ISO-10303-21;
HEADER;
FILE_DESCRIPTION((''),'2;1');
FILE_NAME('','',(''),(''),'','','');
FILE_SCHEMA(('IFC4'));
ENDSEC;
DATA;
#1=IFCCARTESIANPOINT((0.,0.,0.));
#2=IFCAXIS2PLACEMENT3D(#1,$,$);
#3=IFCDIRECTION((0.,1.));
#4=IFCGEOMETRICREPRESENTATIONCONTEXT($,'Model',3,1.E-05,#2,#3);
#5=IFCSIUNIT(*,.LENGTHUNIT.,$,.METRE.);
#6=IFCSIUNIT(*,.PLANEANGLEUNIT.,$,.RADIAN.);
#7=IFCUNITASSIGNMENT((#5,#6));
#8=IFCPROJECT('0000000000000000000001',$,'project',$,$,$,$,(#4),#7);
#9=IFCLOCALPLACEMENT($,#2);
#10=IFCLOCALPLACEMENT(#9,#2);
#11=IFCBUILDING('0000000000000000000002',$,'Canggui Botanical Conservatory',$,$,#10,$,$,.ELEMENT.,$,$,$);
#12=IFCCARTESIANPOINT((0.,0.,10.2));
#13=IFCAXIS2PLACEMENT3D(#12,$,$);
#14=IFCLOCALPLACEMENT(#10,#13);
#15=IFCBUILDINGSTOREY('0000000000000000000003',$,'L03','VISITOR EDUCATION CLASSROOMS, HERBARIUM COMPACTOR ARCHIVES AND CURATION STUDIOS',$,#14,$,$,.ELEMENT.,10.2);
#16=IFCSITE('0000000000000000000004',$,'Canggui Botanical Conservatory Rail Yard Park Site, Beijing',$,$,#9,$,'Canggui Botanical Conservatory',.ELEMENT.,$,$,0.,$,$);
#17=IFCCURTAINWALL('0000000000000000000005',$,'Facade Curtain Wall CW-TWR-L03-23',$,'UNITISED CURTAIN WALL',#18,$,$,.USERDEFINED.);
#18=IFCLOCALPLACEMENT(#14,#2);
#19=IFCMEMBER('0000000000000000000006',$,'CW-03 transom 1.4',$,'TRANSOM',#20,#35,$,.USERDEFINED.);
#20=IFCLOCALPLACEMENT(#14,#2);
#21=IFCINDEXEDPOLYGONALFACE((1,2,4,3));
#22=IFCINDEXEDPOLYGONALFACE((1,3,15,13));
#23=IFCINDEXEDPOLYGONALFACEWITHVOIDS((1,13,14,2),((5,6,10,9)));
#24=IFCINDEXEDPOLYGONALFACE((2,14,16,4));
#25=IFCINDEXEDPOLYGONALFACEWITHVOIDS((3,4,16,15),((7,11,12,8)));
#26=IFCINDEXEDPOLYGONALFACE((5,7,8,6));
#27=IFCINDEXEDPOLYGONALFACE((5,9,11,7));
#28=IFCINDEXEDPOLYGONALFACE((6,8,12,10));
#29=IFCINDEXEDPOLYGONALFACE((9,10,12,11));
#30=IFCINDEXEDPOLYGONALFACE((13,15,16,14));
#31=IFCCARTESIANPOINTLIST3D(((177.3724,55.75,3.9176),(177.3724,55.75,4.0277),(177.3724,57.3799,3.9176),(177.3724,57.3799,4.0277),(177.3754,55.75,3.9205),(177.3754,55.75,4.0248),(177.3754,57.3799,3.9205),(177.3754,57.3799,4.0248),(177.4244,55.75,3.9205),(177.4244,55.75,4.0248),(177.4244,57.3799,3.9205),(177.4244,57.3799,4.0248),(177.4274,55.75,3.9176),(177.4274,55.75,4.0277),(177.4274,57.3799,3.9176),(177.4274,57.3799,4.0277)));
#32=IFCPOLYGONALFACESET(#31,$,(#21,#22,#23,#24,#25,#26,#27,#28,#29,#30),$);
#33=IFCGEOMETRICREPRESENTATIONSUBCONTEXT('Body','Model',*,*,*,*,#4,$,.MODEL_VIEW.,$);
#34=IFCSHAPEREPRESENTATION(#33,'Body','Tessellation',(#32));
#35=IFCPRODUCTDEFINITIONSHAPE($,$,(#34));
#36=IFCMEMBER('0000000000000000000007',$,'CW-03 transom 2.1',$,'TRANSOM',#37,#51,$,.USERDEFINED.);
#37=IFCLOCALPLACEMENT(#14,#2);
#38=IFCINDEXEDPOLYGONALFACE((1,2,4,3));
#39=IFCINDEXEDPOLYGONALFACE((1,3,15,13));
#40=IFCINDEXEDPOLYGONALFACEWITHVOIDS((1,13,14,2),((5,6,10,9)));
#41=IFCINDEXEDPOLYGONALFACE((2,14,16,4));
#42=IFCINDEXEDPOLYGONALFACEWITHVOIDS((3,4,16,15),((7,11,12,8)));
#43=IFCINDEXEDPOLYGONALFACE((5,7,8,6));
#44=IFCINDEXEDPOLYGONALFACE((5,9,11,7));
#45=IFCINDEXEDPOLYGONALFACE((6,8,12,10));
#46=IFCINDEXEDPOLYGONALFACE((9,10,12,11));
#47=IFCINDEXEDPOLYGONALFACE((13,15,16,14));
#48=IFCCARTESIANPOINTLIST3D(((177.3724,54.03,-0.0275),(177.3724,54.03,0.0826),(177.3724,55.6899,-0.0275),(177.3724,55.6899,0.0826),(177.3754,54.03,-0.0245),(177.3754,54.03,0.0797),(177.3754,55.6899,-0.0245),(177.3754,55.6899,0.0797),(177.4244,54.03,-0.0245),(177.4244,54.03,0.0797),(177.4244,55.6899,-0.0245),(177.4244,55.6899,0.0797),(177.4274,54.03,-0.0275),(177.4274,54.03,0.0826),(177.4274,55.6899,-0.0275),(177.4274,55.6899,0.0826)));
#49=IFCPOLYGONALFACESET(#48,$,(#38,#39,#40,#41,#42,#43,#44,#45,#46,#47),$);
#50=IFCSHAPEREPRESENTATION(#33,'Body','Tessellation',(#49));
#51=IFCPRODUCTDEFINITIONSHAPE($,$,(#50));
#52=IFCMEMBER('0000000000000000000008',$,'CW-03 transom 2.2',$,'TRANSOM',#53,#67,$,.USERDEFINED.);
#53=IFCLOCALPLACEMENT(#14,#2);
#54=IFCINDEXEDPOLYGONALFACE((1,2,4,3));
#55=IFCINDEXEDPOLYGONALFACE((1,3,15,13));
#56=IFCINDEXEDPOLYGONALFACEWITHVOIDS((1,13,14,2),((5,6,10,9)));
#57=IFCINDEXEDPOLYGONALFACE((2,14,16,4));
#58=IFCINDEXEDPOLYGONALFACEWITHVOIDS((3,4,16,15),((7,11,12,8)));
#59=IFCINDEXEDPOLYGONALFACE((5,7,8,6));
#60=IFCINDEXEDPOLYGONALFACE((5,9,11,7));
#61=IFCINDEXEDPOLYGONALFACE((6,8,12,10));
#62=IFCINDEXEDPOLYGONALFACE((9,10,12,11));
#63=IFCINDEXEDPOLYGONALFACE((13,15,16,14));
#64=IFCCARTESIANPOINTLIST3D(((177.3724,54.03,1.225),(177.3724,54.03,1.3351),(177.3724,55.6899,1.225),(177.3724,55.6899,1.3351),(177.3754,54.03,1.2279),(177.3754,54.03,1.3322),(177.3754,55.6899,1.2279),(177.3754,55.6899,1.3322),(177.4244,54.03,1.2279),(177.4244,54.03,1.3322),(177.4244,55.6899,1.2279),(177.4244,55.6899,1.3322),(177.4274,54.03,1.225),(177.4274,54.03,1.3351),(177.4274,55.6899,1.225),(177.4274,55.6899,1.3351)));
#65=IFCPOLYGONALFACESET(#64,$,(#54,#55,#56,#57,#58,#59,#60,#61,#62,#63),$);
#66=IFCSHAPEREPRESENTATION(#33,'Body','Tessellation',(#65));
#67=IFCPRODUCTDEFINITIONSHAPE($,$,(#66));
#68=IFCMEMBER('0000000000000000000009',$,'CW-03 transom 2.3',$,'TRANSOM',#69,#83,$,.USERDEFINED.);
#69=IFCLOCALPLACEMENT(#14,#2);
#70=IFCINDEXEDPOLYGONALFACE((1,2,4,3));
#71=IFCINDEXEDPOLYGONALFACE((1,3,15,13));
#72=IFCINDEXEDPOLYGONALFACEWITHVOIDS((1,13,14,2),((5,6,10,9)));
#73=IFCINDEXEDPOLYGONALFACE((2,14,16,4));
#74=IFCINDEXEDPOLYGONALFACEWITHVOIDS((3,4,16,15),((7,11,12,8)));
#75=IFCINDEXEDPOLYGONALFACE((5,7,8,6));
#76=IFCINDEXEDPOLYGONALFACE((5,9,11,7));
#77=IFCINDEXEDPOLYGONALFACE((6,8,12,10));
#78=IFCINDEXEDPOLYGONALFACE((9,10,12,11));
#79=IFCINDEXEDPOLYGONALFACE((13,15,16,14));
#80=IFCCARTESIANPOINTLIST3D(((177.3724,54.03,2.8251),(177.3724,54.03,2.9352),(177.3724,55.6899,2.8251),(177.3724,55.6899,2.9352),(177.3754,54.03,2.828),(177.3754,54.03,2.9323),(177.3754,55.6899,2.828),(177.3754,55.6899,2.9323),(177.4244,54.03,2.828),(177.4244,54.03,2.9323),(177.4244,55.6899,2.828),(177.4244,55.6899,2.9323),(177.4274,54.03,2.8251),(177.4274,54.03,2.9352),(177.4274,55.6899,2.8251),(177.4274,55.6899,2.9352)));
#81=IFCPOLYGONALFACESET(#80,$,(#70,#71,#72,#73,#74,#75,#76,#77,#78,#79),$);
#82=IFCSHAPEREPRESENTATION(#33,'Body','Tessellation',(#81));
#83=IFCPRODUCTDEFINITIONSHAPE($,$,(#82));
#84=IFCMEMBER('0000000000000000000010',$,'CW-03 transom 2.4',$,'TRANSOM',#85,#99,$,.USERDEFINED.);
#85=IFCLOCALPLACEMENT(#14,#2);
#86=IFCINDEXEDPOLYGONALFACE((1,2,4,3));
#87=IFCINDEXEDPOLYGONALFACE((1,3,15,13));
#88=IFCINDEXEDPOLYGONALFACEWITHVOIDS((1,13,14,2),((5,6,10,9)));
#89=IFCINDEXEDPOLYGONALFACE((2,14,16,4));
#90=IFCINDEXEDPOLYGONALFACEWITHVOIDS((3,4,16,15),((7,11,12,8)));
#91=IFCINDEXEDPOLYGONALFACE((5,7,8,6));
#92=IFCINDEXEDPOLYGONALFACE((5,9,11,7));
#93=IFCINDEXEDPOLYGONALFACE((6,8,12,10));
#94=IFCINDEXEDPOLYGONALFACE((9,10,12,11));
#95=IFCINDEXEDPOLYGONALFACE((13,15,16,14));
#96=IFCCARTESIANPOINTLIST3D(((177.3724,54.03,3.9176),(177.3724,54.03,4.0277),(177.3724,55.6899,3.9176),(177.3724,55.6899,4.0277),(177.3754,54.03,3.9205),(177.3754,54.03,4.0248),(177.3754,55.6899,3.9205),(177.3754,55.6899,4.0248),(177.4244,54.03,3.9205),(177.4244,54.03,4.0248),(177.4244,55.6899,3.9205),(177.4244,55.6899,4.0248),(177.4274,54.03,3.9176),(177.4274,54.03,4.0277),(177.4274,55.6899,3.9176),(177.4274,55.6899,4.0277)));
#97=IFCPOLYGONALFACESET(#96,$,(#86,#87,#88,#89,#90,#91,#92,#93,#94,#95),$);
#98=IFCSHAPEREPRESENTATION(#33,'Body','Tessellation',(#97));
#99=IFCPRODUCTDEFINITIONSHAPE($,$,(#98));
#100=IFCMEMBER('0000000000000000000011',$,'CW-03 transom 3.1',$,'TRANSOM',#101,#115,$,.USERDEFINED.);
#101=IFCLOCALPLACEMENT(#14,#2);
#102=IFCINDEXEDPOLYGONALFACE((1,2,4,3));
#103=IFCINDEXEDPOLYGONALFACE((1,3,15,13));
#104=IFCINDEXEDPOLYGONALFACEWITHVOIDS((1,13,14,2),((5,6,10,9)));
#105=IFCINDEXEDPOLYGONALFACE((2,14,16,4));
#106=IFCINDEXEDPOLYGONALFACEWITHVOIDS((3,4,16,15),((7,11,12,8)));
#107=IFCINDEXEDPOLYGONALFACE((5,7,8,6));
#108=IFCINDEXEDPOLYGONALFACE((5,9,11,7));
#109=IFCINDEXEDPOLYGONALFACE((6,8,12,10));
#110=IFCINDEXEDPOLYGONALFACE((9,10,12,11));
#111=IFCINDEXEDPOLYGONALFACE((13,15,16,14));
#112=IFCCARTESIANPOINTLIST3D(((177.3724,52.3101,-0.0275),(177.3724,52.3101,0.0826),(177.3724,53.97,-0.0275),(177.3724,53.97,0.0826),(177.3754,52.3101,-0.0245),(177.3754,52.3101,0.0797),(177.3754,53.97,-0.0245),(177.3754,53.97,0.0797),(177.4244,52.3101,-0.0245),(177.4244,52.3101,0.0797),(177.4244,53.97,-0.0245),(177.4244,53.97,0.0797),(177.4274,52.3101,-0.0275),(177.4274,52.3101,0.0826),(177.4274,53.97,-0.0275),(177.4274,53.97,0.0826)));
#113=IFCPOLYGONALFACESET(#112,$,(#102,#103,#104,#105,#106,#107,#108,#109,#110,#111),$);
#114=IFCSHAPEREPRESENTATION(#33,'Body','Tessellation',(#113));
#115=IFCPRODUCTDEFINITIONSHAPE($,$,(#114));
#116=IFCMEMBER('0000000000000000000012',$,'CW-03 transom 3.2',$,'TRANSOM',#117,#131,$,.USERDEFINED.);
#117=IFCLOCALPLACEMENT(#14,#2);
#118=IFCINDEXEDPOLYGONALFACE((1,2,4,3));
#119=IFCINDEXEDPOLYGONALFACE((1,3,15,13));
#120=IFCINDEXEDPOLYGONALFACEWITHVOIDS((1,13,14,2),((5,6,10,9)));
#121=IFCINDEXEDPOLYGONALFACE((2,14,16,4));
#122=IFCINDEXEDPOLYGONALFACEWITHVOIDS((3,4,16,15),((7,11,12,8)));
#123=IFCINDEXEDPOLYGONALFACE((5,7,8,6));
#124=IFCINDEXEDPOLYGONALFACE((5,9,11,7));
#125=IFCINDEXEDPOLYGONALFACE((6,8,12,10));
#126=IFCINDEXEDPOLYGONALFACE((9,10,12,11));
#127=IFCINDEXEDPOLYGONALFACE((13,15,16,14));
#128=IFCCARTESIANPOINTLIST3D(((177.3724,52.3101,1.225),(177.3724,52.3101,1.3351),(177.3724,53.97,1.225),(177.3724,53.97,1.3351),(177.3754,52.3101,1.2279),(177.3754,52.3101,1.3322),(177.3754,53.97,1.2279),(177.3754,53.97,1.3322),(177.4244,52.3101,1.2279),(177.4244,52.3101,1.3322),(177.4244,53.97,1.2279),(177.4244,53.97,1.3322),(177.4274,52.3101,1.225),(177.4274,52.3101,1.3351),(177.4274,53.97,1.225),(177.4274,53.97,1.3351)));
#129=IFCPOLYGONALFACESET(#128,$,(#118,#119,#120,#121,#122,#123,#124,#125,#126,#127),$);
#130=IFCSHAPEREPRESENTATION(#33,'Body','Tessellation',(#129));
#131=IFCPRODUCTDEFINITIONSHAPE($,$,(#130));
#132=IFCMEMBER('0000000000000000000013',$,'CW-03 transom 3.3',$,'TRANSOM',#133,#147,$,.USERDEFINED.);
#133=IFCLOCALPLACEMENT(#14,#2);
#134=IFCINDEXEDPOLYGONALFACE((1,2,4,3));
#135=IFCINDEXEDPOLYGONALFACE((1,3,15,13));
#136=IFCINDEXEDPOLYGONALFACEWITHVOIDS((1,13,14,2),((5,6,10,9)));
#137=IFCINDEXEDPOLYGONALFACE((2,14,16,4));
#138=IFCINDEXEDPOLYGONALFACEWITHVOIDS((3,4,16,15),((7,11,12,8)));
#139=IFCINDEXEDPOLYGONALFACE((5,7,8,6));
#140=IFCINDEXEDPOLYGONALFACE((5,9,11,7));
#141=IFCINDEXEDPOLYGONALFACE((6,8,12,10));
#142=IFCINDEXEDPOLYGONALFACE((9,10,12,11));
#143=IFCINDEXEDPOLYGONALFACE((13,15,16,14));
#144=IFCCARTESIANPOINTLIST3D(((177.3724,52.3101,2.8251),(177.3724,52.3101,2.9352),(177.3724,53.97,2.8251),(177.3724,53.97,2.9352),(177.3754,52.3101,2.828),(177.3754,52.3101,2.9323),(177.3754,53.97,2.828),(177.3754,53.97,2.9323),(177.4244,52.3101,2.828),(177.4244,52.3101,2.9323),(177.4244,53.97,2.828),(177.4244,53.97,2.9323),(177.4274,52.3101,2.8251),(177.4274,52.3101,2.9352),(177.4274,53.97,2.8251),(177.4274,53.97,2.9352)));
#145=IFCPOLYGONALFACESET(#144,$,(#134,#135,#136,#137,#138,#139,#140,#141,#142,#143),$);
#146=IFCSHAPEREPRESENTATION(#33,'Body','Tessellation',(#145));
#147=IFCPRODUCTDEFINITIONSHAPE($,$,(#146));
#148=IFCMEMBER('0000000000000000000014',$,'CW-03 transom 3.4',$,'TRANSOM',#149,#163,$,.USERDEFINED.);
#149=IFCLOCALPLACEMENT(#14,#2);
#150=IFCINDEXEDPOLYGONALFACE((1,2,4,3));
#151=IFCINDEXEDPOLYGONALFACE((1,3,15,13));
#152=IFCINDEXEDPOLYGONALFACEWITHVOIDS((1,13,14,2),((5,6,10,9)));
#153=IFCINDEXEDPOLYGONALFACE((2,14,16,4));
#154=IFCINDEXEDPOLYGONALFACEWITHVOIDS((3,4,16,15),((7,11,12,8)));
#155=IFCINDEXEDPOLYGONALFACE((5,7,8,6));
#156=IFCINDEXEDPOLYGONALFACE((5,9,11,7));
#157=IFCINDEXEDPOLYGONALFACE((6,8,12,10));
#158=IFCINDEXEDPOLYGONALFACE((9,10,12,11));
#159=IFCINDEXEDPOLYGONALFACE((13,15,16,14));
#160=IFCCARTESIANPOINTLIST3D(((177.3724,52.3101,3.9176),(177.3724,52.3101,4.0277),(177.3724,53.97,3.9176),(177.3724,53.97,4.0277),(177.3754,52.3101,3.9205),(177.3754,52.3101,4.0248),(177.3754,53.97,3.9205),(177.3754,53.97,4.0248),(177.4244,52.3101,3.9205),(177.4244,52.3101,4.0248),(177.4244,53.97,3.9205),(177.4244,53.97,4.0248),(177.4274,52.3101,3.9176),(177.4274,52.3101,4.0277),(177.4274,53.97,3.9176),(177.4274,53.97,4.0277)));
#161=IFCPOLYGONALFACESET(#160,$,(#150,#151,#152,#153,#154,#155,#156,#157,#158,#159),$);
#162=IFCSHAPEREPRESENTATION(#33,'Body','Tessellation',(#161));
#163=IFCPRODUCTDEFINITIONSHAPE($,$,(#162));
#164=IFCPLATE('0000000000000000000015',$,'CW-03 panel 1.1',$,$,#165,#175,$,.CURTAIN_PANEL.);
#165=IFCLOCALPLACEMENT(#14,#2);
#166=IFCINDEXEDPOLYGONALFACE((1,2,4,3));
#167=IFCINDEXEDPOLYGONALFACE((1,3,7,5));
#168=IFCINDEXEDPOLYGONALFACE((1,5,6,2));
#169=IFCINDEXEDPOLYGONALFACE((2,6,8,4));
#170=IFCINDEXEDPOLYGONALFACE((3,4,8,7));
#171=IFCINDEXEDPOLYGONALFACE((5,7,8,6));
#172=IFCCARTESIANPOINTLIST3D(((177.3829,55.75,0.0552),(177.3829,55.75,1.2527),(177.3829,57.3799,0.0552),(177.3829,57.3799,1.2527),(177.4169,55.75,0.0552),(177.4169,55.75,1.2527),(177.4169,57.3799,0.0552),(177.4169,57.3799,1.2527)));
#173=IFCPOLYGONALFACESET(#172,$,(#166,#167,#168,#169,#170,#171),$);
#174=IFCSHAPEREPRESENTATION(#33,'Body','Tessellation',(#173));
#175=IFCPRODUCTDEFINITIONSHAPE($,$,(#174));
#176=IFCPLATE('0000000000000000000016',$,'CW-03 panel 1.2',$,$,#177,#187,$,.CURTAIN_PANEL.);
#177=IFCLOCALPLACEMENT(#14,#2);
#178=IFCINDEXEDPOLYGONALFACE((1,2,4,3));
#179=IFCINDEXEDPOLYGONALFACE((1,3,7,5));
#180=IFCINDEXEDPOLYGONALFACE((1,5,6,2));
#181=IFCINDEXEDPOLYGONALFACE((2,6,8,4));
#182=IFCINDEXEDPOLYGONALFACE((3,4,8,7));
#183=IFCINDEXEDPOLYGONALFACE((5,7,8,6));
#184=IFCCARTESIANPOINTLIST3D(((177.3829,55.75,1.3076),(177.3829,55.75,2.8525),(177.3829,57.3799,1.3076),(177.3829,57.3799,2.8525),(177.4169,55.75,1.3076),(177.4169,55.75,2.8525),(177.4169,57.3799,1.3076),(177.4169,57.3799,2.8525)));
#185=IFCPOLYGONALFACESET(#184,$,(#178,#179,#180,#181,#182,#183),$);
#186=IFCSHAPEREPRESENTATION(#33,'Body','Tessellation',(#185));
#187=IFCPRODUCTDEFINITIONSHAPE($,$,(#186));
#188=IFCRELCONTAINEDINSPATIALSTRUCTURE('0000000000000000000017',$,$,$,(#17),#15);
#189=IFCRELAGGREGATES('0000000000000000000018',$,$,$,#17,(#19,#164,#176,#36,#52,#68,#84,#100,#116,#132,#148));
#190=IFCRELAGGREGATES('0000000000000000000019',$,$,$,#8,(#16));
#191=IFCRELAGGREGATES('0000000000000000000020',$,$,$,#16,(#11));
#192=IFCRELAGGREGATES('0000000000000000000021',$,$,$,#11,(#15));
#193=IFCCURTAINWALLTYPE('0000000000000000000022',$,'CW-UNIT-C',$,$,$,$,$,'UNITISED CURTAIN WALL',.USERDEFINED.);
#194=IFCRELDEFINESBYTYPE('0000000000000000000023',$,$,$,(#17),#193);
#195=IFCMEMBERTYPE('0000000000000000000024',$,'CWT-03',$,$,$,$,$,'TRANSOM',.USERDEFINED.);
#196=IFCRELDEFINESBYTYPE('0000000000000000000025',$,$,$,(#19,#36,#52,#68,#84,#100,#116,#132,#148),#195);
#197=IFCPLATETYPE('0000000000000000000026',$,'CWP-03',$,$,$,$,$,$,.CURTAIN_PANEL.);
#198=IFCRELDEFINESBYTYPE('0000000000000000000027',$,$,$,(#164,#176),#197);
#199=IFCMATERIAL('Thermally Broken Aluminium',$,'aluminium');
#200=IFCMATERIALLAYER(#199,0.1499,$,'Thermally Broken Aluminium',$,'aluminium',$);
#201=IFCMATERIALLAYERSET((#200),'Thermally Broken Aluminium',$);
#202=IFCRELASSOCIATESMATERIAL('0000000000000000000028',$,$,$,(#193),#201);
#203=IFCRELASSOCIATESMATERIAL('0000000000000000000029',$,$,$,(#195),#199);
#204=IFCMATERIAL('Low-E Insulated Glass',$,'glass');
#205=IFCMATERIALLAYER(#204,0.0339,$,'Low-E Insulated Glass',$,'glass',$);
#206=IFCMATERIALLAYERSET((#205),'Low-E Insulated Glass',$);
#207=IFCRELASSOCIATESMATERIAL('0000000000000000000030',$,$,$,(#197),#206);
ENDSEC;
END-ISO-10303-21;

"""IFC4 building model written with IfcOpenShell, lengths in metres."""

from ifc_helpers import new_model, si_unit, direction, frame, origin, origin_2d, place, context, subcontext, project, spatial, rectangle, hollow_rectangle, extrude, material, layer, layer_set, material_profile, profile_set, type_object, element, aggregate, save


model = new_model("IFC4")

# Units and contexts
model_context = context("Model", 3, precision=1e-05, world=origin(), true_north=direction((0.0, 1.0)))
body_context = subcontext(model_context, "Body", "Model", "MODEL_VIEW")
ifc_project = project(units=[si_unit("LENGTHUNIT", "METRE"), si_unit("PLANEANGLEUNIT", "RADIAN")], contexts=[model_context])

# Site, building, storey
site_placement = place(None, origin())
site = spatial("IfcSite", under=ifc_project, at=site_placement, Name="Canggui Botanical Conservatory Rail Yard Park Site, Beijing", LongName="Canggui Botanical Conservatory", CompositionType="ELEMENT", RefElevation=0.0)
building_placement = place(site_placement, origin())
building = spatial("IfcBuilding", under=site, at=building_placement, Name="Canggui Botanical Conservatory", CompositionType="ELEMENT")
storey_placement = place(building_placement, frame((0.0, 0.0, 10.2)))
storey = spatial("IfcBuildingStorey", under=building, at=storey_placement, Name="L03", Description="VISITOR EDUCATION CLASSROOMS, HERBARIUM COMPACTOR ARCHIVES AND CURATION STUDIOS", CompositionType="ELEMENT", Elevation=10.2)

# Curtain wall, members, plates
ifc_material_1 = material(Name="Thermally Broken Aluminium", Category="aluminium")
ifc_layer_1 = layer(ifc_material_1, 0.1499, Name="Thermally Broken Aluminium", Category="aluminium")
ifc_layer_set_1 = layer_set([ifc_layer_1], Name="Thermally Broken Aluminium")
curtain_wall_type = type_object("IfcCurtainWallType", Name="CW-UNIT-C", ElementType="UNITISED CURTAIN WALL", PredefinedType="USERDEFINED", material=ifc_layer_set_1)
curtain_wall_placement = place(storey_placement, origin())
curtain_wall = element("IfcCurtainWall", 1, at=curtain_wall_placement, inside=storey, type_object=curtain_wall_type, Name="Facade Curtain Wall CW-TWR-L03-23", ObjectType="UNITISED CURTAIN WALL", PredefinedType="USERDEFINED")
ifc_material_profile_1 = material_profile(ifc_material_1, hollow_rectangle(XDim=0.0549, YDim=0.1101, WallThickness=0.0029, at=origin_2d()), Name="CWT 55x110x3")
ifc_profile_set_1 = profile_set([ifc_material_profile_1], Name="Thermally Broken Aluminium")
member_type_1 = type_object("IfcMemberType", Name="CWT-03", ElementType="TRANSOM", PredefinedType="USERDEFINED", material=ifc_profile_set_1)
member_1_placement = place(storey_placement, frame((177.3999, 57.3799, 3.9727), z_axis=(0.0, -1.0, 0.0), x_axis=(1.0, 0.0, 0.0)))
member_1 = element("IfcMember", 2, at=member_1_placement, type_object=member_type_1, Name="CW-03 transom 1.4", ObjectType="TRANSOM", PredefinedType="USERDEFINED", context=body_context, shape_type="SweptSolid", body=[
    extrude(hollow_rectangle(XDim=0.0549, YDim=0.1101, WallThickness=0.0029, at=origin_2d()), origin(), (0.0, 0.0, 1.0), 1.6299),
])
member_2_placement = place(storey_placement, frame((177.3999, 55.6899, 0.0276), z_axis=(0.0, -1.0, 0.0), x_axis=(1.0, 0.0, 0.0)))
member_2 = element("IfcMember", 3, at=member_2_placement, type_object=member_type_1, Name="CW-03 transom 2.1", ObjectType="TRANSOM", PredefinedType="USERDEFINED", context=body_context, shape_type="SweptSolid", body=[
    extrude(hollow_rectangle(XDim=0.0549, YDim=0.1101, WallThickness=0.0029, at=origin_2d()), origin(), (0.0, 0.0, 1.0), 1.6599),
])
member_3_placement = place(storey_placement, frame((177.3999, 55.6899, 1.28), z_axis=(0.0, -1.0, 0.0), x_axis=(1.0, 0.0, 0.0)))
member_3 = element("IfcMember", 4, at=member_3_placement, type_object=member_type_1, Name="CW-03 transom 2.2", ObjectType="TRANSOM", PredefinedType="USERDEFINED", context=body_context, shape_type="SweptSolid", body=[
    extrude(hollow_rectangle(XDim=0.0549, YDim=0.1101, WallThickness=0.0029, at=origin_2d()), origin(), (0.0, 0.0, 1.0), 1.6599),
])
member_4_placement = place(storey_placement, frame((177.3999, 55.6899, 2.8801), z_axis=(0.0, -1.0, 0.0), x_axis=(1.0, 0.0, 0.0)))
member_4 = element("IfcMember", 5, at=member_4_placement, type_object=member_type_1, Name="CW-03 transom 2.3", ObjectType="TRANSOM", PredefinedType="USERDEFINED", context=body_context, shape_type="SweptSolid", body=[
    extrude(hollow_rectangle(XDim=0.0549, YDim=0.1101, WallThickness=0.0029, at=origin_2d()), origin(), (0.0, 0.0, 1.0), 1.6599),
])
member_5_placement = place(storey_placement, frame((177.3999, 55.6899, 3.9727), z_axis=(0.0, -1.0, 0.0), x_axis=(1.0, 0.0, 0.0)))
member_5 = element("IfcMember", 6, at=member_5_placement, type_object=member_type_1, Name="CW-03 transom 2.4", ObjectType="TRANSOM", PredefinedType="USERDEFINED", context=body_context, shape_type="SweptSolid", body=[
    extrude(hollow_rectangle(XDim=0.0549, YDim=0.1101, WallThickness=0.0029, at=origin_2d()), origin(), (0.0, 0.0, 1.0), 1.6599),
])
member_6_placement = place(storey_placement, frame((177.3999, 53.97, 0.0276), z_axis=(0.0, -1.0, 0.0), x_axis=(1.0, 0.0, 0.0)))
member_6 = element("IfcMember", 7, at=member_6_placement, type_object=member_type_1, Name="CW-03 transom 3.1", ObjectType="TRANSOM", PredefinedType="USERDEFINED", context=body_context, shape_type="SweptSolid", body=[
    extrude(hollow_rectangle(XDim=0.0549, YDim=0.1101, WallThickness=0.0029, at=origin_2d()), origin(), (0.0, 0.0, 1.0), 1.6599),
])
member_7_placement = place(storey_placement, frame((177.3999, 53.97, 1.28), z_axis=(0.0, -1.0, 0.0), x_axis=(1.0, 0.0, 0.0)))
member_7 = element("IfcMember", 8, at=member_7_placement, type_object=member_type_1, Name="CW-03 transom 3.2", ObjectType="TRANSOM", PredefinedType="USERDEFINED", context=body_context, shape_type="SweptSolid", body=[
    extrude(hollow_rectangle(XDim=0.0549, YDim=0.1101, WallThickness=0.0029, at=origin_2d()), origin(), (0.0, 0.0, 1.0), 1.6599),
])
member_8_placement = place(storey_placement, frame((177.3999, 53.97, 2.8801), z_axis=(0.0, -1.0, 0.0), x_axis=(1.0, 0.0, 0.0)))
member_8 = element("IfcMember", 9, at=member_8_placement, type_object=member_type_1, Name="CW-03 transom 3.3", ObjectType="TRANSOM", PredefinedType="USERDEFINED", context=body_context, shape_type="SweptSolid", body=[
    extrude(hollow_rectangle(XDim=0.0549, YDim=0.1101, WallThickness=0.0029, at=origin_2d()), origin(), (0.0, 0.0, 1.0), 1.6599),
])
member_9_placement = place(storey_placement, frame((177.3999, 53.97, 3.9727), z_axis=(0.0, -1.0, 0.0), x_axis=(1.0, 0.0, 0.0)))
member_9 = element("IfcMember", 10, at=member_9_placement, type_object=member_type_1, Name="CW-03 transom 3.4", ObjectType="TRANSOM", PredefinedType="USERDEFINED", context=body_context, shape_type="SweptSolid", body=[
    extrude(hollow_rectangle(XDim=0.0549, YDim=0.1101, WallThickness=0.0029, at=origin_2d()), origin(), (0.0, 0.0, 1.0), 1.6599),
])
ifc_material_2 = material(Name="Low-E Insulated Glass", Category="glass")
ifc_layer_2 = layer(ifc_material_2, 0.0339, Name="Low-E Insulated Glass", Category="glass")
ifc_layer_set_2 = layer_set([ifc_layer_2], Name="Low-E Insulated Glass")
plate_type = type_object("IfcPlateType", Name="CWP-03", PredefinedType="CURTAIN_PANEL", material=ifc_layer_set_2)
plate_1_placement = place(storey_placement, frame((177.3999, 56.5649, 0.0552), z_axis=(0.0, 0.0, 1.0), x_axis=(0.0, -1.0, 0.0)))
plate_1 = element("IfcPlate", 11, at=plate_1_placement, type_object=plate_type, Name="CW-03 panel 1.1", PredefinedType="CURTAIN_PANEL", context=body_context, shape_type="SweptSolid", body=[
    extrude(rectangle(XDim=1.6299, YDim=0.0339, at=origin_2d()), origin(), (0.0, 0.0, 1.0), 1.1975),
])
plate_2_placement = place(storey_placement, frame((177.3999, 56.5649, 1.3076), z_axis=(0.0, 0.0, 1.0), x_axis=(0.0, -1.0, 0.0)))
plate_2 = element("IfcPlate", 12, at=plate_2_placement, type_object=plate_type, Name="CW-03 panel 1.2", PredefinedType="CURTAIN_PANEL", context=body_context, shape_type="SweptSolid", body=[
    extrude(rectangle(XDim=1.6299, YDim=0.0339, at=origin_2d()), origin(), (0.0, 0.0, 1.0), 1.5449),
])
aggregate(curtain_wall, [member_1, plate_1, plate_2, member_2, member_3, member_4, member_5, member_6, member_7, member_8, member_9])

save(model, "model.ifc")
